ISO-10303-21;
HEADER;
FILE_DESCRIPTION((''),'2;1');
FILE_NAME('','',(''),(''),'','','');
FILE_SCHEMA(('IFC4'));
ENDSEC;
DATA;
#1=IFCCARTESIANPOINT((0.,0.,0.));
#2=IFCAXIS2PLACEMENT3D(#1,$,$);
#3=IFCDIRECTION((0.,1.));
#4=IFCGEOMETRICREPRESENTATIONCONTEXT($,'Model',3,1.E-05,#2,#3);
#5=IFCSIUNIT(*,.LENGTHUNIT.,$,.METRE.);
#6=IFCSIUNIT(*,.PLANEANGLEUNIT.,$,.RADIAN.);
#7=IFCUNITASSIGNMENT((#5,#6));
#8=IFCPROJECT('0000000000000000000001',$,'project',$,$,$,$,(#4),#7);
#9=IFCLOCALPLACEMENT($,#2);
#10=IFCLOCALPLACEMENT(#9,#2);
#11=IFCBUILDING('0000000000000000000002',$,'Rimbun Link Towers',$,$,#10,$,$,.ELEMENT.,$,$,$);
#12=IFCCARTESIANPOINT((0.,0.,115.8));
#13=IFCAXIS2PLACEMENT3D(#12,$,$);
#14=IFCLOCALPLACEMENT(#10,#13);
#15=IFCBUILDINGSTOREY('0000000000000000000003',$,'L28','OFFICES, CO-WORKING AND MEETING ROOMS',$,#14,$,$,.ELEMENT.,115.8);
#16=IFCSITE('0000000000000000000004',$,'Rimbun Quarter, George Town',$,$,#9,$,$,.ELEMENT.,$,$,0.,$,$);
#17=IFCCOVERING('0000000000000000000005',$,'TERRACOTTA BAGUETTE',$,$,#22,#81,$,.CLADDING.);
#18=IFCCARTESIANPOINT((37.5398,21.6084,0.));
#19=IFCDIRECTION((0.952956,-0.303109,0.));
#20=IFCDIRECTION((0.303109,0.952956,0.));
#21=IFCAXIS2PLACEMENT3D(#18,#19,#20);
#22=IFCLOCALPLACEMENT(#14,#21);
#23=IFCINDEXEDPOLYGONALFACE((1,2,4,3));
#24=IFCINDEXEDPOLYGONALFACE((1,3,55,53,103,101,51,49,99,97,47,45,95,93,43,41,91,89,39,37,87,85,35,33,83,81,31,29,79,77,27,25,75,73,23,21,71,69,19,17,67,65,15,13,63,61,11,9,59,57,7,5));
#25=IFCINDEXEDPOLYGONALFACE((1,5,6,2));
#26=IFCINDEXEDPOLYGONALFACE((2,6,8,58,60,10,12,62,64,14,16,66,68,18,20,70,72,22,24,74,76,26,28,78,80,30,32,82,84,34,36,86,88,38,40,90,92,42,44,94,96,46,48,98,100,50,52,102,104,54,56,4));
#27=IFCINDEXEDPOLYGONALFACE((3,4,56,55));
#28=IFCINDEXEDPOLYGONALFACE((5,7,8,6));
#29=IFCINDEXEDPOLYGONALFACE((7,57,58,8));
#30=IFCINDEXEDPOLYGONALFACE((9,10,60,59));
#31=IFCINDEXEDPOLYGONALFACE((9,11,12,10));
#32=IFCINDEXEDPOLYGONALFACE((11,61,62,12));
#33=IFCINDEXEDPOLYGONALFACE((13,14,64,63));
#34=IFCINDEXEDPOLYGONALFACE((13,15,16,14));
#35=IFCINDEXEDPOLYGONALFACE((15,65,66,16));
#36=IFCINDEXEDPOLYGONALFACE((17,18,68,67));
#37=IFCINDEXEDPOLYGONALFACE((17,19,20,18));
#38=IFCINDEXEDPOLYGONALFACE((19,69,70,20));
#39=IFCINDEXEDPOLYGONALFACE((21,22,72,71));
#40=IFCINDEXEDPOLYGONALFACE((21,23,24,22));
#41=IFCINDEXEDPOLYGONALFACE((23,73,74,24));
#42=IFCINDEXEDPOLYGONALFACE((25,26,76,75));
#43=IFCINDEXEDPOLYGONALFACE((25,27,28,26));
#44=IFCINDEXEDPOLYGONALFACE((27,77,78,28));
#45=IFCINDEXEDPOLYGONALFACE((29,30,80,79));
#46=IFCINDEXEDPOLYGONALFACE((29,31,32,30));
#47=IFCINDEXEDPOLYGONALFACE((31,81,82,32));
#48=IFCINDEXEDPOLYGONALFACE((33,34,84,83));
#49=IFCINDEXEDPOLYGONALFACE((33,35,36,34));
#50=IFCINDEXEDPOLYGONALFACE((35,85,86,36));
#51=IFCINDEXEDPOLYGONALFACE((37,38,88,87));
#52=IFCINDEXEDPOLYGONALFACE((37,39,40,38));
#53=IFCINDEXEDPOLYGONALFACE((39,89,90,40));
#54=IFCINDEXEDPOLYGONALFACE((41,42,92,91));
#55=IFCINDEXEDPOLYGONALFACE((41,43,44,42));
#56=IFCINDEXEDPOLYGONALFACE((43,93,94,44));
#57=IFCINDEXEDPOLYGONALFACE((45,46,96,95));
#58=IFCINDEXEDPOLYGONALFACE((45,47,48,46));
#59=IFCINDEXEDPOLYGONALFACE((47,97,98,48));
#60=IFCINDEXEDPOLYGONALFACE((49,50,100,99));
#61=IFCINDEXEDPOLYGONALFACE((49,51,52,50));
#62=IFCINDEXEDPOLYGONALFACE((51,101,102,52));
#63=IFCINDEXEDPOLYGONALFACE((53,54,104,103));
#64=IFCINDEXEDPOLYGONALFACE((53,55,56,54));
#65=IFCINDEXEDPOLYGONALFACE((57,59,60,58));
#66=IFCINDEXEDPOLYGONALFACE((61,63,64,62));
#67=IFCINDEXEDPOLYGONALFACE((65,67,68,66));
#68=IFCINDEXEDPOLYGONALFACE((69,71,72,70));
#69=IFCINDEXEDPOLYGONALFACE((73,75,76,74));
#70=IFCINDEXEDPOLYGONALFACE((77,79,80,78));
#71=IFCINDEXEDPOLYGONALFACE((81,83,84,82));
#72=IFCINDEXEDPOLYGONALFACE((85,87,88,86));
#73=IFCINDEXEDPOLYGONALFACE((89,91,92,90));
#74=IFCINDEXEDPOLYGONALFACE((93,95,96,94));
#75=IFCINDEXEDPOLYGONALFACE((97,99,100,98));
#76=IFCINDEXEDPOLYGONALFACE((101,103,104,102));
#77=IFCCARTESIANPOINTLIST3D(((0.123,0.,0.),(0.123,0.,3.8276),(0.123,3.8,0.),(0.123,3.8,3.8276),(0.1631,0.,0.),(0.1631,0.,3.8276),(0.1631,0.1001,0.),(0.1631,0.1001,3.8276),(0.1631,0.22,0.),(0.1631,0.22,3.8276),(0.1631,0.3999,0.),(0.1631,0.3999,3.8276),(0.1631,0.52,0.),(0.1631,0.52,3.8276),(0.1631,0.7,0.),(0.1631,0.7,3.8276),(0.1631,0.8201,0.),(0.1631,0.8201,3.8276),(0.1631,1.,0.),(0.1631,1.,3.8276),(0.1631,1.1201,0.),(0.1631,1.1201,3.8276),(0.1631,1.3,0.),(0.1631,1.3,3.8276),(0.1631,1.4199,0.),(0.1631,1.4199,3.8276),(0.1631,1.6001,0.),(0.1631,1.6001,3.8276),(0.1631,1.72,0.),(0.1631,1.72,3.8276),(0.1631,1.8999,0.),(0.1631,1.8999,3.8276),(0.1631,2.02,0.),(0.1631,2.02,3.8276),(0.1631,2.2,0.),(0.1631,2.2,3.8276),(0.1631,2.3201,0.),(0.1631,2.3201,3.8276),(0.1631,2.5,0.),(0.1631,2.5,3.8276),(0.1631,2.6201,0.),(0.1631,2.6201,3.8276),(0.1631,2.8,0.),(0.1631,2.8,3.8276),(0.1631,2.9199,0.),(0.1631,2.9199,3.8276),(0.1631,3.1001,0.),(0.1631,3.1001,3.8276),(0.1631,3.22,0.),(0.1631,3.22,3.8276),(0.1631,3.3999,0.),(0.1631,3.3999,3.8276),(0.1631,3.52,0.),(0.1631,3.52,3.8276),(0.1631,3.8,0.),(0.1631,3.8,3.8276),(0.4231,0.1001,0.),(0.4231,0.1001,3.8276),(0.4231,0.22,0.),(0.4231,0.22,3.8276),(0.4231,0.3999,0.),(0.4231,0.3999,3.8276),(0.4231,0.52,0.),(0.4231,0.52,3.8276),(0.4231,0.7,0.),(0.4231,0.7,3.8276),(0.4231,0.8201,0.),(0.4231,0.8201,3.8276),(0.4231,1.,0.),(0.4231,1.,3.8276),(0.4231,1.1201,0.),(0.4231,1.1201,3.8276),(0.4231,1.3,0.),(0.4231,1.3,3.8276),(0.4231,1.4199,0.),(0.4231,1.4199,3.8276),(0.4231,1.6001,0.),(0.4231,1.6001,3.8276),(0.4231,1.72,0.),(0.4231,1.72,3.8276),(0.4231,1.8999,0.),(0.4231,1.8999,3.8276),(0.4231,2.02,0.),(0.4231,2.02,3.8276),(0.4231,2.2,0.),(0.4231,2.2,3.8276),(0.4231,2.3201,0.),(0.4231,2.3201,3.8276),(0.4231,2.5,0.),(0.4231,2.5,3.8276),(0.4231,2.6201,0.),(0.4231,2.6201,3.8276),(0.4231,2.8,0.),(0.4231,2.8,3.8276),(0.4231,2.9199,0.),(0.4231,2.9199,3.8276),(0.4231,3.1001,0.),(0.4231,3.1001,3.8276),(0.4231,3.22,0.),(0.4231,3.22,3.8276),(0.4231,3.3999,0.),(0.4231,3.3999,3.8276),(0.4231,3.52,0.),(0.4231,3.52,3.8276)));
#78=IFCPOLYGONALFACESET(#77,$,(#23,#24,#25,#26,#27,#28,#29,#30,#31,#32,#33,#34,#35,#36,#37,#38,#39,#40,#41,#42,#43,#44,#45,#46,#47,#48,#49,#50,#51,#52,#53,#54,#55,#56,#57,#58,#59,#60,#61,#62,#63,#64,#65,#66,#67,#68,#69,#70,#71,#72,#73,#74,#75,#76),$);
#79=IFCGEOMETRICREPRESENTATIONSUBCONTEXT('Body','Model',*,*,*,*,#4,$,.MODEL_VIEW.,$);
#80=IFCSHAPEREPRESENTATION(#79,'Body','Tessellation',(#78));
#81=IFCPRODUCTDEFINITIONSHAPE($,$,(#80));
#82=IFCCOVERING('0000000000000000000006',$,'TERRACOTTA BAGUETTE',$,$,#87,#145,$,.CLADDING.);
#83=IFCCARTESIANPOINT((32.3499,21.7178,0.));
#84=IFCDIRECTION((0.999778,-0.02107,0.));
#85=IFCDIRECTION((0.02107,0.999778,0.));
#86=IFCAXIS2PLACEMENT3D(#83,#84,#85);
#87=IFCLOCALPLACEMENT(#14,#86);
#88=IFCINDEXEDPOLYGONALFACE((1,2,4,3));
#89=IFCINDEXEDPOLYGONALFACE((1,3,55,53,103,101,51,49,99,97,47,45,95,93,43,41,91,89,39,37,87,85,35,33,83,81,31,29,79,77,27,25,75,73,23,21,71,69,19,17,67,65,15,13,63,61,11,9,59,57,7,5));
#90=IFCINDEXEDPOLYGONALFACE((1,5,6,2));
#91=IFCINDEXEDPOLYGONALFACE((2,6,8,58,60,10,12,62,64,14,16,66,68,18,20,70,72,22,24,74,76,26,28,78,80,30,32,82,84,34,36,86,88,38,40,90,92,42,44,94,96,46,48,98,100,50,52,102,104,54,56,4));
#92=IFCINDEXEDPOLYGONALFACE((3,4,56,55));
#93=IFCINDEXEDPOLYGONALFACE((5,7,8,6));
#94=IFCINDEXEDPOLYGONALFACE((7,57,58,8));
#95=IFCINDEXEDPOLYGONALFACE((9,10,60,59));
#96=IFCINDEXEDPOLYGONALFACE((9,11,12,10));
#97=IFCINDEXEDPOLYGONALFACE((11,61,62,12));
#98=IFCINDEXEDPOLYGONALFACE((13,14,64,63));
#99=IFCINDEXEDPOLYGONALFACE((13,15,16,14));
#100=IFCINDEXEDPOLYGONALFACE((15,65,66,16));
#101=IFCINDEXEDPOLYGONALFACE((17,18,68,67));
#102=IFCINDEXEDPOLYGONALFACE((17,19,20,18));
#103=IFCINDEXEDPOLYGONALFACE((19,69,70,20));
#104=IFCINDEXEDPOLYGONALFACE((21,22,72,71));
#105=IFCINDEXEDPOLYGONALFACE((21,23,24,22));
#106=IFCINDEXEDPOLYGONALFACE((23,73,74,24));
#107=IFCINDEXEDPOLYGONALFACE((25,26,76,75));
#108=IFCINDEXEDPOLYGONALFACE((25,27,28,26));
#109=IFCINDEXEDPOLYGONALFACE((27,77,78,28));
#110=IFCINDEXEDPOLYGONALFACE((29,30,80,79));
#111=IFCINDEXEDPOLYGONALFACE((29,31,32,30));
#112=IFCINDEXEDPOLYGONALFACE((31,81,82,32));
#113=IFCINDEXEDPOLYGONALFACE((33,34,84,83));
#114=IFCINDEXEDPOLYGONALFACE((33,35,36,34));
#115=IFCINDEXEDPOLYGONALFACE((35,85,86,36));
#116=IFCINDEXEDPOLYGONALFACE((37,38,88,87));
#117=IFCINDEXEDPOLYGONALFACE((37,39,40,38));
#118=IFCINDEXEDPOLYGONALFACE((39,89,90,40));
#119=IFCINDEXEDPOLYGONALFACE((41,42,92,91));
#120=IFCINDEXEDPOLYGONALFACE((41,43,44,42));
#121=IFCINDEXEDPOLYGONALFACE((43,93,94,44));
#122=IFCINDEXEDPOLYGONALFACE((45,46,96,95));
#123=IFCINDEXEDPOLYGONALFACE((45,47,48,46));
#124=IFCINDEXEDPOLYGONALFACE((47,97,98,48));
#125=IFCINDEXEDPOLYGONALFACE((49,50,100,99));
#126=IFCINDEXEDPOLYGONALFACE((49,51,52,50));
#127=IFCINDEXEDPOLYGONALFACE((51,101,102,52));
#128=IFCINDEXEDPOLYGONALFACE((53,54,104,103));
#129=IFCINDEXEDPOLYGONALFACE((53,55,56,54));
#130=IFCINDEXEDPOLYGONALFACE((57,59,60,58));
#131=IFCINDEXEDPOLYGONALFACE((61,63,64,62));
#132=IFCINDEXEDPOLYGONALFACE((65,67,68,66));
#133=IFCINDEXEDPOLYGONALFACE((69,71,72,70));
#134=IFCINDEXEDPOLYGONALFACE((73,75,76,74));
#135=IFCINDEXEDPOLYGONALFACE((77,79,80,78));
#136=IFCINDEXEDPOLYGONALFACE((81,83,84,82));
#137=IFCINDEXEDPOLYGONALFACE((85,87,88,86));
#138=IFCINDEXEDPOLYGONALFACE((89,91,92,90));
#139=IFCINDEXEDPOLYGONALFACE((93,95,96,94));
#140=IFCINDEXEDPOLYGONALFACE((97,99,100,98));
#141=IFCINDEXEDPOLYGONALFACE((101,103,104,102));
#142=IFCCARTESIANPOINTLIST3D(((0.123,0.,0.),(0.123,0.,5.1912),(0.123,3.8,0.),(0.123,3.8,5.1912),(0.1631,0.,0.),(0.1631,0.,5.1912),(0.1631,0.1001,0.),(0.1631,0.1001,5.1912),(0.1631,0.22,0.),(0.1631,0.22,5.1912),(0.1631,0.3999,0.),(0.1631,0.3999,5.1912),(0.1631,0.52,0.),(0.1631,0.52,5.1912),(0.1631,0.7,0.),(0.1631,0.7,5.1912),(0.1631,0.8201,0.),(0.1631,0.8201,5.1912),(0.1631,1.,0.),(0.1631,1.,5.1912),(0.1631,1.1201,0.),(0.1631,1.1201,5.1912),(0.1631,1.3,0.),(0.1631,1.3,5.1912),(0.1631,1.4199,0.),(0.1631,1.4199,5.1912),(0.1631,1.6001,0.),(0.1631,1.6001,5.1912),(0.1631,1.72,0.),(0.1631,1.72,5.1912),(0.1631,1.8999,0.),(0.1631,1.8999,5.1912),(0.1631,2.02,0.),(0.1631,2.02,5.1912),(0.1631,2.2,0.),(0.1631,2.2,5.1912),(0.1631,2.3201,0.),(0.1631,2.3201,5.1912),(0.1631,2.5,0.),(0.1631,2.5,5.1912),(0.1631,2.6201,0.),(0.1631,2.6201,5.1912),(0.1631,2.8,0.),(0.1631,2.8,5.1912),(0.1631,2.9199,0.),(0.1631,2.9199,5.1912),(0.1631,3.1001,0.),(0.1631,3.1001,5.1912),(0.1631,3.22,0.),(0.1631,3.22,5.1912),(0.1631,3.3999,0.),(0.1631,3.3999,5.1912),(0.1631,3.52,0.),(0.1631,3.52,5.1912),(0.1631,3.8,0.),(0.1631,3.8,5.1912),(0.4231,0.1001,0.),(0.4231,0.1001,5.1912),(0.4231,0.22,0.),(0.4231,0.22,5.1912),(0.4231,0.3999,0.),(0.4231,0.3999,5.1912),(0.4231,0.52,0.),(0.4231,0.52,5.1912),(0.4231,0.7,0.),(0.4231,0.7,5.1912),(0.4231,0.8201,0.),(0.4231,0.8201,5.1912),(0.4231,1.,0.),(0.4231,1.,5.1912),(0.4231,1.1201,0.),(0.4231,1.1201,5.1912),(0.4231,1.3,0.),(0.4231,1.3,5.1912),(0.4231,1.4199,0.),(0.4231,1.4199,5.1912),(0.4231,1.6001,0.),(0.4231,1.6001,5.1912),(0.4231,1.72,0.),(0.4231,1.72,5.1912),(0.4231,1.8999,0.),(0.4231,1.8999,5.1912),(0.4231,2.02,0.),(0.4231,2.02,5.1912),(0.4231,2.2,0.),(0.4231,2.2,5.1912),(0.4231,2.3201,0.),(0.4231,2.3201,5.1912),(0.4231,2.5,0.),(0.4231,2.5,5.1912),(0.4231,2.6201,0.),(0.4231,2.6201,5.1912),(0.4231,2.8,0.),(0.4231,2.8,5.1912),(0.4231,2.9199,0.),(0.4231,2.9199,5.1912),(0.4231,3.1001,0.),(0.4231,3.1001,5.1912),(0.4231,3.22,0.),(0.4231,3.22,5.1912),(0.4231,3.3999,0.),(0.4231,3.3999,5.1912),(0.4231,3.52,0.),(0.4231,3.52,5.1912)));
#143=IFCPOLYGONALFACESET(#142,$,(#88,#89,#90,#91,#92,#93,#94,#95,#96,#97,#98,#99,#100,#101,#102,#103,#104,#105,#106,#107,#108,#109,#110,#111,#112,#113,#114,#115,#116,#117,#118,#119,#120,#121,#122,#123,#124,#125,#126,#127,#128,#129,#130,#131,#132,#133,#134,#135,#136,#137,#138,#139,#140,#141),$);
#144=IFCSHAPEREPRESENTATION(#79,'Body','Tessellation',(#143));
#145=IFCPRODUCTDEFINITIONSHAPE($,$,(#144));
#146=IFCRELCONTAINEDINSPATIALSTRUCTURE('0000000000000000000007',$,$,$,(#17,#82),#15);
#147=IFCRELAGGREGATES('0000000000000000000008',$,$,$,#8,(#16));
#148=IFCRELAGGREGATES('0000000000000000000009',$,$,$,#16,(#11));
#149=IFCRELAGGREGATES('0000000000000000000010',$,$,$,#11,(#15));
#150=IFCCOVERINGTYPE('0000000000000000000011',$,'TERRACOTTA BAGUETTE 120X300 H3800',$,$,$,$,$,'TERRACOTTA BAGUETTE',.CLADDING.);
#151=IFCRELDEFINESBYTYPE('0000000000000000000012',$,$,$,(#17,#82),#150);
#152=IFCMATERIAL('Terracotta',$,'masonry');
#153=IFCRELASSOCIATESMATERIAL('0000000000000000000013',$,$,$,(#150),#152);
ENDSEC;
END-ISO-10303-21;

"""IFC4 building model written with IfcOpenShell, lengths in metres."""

from ifc_helpers import new_model, si_unit, direction, frame, origin, place, context, subcontext, project, spatial, polyline, outline, extrude, material, material_profile, profile_set, type_object, element, save


model = new_model("IFC4")

# Units and contexts
model_context = context("Model", 3, precision=1e-05, world=origin(), true_north=direction((0.0, 1.0)))
body_context = subcontext(model_context, "Body", "Model", "MODEL_VIEW")
ifc_project = project(units=[si_unit("LENGTHUNIT", "METRE"), si_unit("PLANEANGLEUNIT", "RADIAN")], contexts=[model_context])

# Site, building, storey
site_placement = place(None, origin())
site = spatial("IfcSite", under=ifc_project, at=site_placement, Name="Rimbun Quarter, George Town", CompositionType="ELEMENT", RefElevation=0.0)
building_placement = place(site_placement, origin())
building = spatial("IfcBuilding", under=site, at=building_placement, Name="Rimbun Link Towers", CompositionType="ELEMENT")
storey_placement = place(building_placement, frame((0.0, 0.0, 115.8)))
storey = spatial("IfcBuildingStorey", under=building, at=storey_placement, Name="L28", Description="OFFICES, CO-WORKING AND MEETING ROOMS", CompositionType="ELEMENT", Elevation=115.8)

# Coverings
ifc_material_1 = material(Name="Terracotta", Category="masonry")
ifc_material_profile_1 = material_profile(ifc_material_1, outline(polyline([(0.123, 0.0), (0.1631, 0.0), (0.1631, 0.1001), (0.4231, 0.1001), (0.4231, 0.22), (0.1631, 0.22), (0.1631, 0.3999), (0.4231, 0.3999), (0.4231, 0.52), (0.1631, 0.52), (0.1631, 0.7), (0.4231, 0.7), (0.4231, 0.8201), (0.1631, 0.8201), (0.1631, 1.0), (0.4231, 1.0), (0.4231, 1.1201), (0.1631, 1.1201), (0.1631, 1.3), (0.4231, 1.3), (0.4231, 1.4199), (0.1631, 1.4199), (0.1631, 1.6001), (0.4231, 1.6001), (0.4231, 1.72), (0.1631, 1.72), (0.1631, 1.8999), (0.4231, 1.8999), (0.4231, 2.02), (0.1631, 2.02), (0.1631, 2.2), (0.4231, 2.2), (0.4231, 2.3201), (0.1631, 2.3201), (0.1631, 2.5), (0.4231, 2.5), (0.4231, 2.6201), (0.1631, 2.6201), (0.1631, 2.8), (0.4231, 2.8), (0.4231, 2.9199), (0.1631, 2.9199), (0.1631, 3.1001), (0.4231, 3.1001), (0.4231, 3.22), (0.1631, 3.22), (0.1631, 3.3999), (0.4231, 3.3999), (0.4231, 3.52), (0.1631, 3.52), (0.1631, 3.8), (0.123, 3.8), (0.123, 0.0)])), Name="BAGUETTE 120X300")
ifc_profile_set_1 = profile_set([ifc_material_profile_1], Name="Terracotta")
covering_type = type_object("IfcCoveringType", Name="TERRACOTTA BAGUETTE 120X300 H3800", ElementType="TERRACOTTA BAGUETTE", PredefinedType="CLADDING", material=ifc_profile_set_1)
covering_1_placement = place(storey_placement, frame((37.5398, 21.6084, 0.0), z_axis=(0.952956, -0.303109, 0.0), x_axis=(0.303109, 0.952956, 0.0)))
element("IfcCovering", 1, at=covering_1_placement, inside=storey, type_object=covering_type, Name="TERRACOTTA BAGUETTE", PredefinedType="CLADDING", context=body_context, shape_type="SweptSolid", body=[
    extrude(outline(polyline([(0.123, 0.0), (0.1631, 0.0), (0.1631, 0.1001), (0.4231, 0.1001), (0.4231, 0.22), (0.1631, 0.22), (0.1631, 0.3999), (0.4231, 0.3999), (0.4231, 0.52), (0.1631, 0.52), (0.1631, 0.7), (0.4231, 0.7), (0.4231, 0.8201), (0.1631, 0.8201), (0.1631, 1.0), (0.4231, 1.0), (0.4231, 1.1201), (0.1631, 1.1201), (0.1631, 1.3), (0.4231, 1.3), (0.4231, 1.4199), (0.1631, 1.4199), (0.1631, 1.6001), (0.4231, 1.6001), (0.4231, 1.72), (0.1631, 1.72), (0.1631, 1.8999), (0.4231, 1.8999), (0.4231, 2.02), (0.1631, 2.02), (0.1631, 2.2), (0.4231, 2.2), (0.4231, 2.3201), (0.1631, 2.3201), (0.1631, 2.5), (0.4231, 2.5), (0.4231, 2.6201), (0.1631, 2.6201), (0.1631, 2.8), (0.4231, 2.8), (0.4231, 2.9199), (0.1631, 2.9199), (0.1631, 3.1001), (0.4231, 3.1001), (0.4231, 3.22), (0.1631, 3.22), (0.1631, 3.3999), (0.4231, 3.3999), (0.4231, 3.52), (0.1631, 3.52), (0.1631, 3.8), (0.123, 3.8), (0.123, 0.0)])), origin(), (0.0, 0.0, 1.0), 3.8276),
])
covering_2_placement = place(storey_placement, frame((32.3499, 21.7178, 0.0), z_axis=(0.999778, -0.02107, 0.0), x_axis=(0.02107, 0.999778, 0.0)))
element("IfcCovering", 2, at=covering_2_placement, inside=storey, type_object=covering_type, Name="TERRACOTTA BAGUETTE", PredefinedType="CLADDING", context=body_context, shape_type="SweptSolid", body=[
    extrude(outline(polyline([(0.123, 0.0), (0.1631, 0.0), (0.1631, 0.1001), (0.4231, 0.1001), (0.4231, 0.22), (0.1631, 0.22), (0.1631, 0.3999), (0.4231, 0.3999), (0.4231, 0.52), (0.1631, 0.52), (0.1631, 0.7), (0.4231, 0.7), (0.4231, 0.8201), (0.1631, 0.8201), (0.1631, 1.0), (0.4231, 1.0), (0.4231, 1.1201), (0.1631, 1.1201), (0.1631, 1.3), (0.4231, 1.3), (0.4231, 1.4199), (0.1631, 1.4199), (0.1631, 1.6001), (0.4231, 1.6001), (0.4231, 1.72), (0.1631, 1.72), (0.1631, 1.8999), (0.4231, 1.8999), (0.4231, 2.02), (0.1631, 2.02), (0.1631, 2.2), (0.4231, 2.2), (0.4231, 2.3201), (0.1631, 2.3201), (0.1631, 2.5), (0.4231, 2.5), (0.4231, 2.6201), (0.1631, 2.6201), (0.1631, 2.8), (0.4231, 2.8), (0.4231, 2.9199), (0.1631, 2.9199), (0.1631, 3.1001), (0.4231, 3.1001), (0.4231, 3.22), (0.1631, 3.22), (0.1631, 3.3999), (0.4231, 3.3999), (0.4231, 3.52), (0.1631, 3.52), (0.1631, 3.8), (0.123, 3.8), (0.123, 0.0)])), origin(), (0.0, 0.0, 1.0), 5.1912),
])

save(model, "model.ifc")
